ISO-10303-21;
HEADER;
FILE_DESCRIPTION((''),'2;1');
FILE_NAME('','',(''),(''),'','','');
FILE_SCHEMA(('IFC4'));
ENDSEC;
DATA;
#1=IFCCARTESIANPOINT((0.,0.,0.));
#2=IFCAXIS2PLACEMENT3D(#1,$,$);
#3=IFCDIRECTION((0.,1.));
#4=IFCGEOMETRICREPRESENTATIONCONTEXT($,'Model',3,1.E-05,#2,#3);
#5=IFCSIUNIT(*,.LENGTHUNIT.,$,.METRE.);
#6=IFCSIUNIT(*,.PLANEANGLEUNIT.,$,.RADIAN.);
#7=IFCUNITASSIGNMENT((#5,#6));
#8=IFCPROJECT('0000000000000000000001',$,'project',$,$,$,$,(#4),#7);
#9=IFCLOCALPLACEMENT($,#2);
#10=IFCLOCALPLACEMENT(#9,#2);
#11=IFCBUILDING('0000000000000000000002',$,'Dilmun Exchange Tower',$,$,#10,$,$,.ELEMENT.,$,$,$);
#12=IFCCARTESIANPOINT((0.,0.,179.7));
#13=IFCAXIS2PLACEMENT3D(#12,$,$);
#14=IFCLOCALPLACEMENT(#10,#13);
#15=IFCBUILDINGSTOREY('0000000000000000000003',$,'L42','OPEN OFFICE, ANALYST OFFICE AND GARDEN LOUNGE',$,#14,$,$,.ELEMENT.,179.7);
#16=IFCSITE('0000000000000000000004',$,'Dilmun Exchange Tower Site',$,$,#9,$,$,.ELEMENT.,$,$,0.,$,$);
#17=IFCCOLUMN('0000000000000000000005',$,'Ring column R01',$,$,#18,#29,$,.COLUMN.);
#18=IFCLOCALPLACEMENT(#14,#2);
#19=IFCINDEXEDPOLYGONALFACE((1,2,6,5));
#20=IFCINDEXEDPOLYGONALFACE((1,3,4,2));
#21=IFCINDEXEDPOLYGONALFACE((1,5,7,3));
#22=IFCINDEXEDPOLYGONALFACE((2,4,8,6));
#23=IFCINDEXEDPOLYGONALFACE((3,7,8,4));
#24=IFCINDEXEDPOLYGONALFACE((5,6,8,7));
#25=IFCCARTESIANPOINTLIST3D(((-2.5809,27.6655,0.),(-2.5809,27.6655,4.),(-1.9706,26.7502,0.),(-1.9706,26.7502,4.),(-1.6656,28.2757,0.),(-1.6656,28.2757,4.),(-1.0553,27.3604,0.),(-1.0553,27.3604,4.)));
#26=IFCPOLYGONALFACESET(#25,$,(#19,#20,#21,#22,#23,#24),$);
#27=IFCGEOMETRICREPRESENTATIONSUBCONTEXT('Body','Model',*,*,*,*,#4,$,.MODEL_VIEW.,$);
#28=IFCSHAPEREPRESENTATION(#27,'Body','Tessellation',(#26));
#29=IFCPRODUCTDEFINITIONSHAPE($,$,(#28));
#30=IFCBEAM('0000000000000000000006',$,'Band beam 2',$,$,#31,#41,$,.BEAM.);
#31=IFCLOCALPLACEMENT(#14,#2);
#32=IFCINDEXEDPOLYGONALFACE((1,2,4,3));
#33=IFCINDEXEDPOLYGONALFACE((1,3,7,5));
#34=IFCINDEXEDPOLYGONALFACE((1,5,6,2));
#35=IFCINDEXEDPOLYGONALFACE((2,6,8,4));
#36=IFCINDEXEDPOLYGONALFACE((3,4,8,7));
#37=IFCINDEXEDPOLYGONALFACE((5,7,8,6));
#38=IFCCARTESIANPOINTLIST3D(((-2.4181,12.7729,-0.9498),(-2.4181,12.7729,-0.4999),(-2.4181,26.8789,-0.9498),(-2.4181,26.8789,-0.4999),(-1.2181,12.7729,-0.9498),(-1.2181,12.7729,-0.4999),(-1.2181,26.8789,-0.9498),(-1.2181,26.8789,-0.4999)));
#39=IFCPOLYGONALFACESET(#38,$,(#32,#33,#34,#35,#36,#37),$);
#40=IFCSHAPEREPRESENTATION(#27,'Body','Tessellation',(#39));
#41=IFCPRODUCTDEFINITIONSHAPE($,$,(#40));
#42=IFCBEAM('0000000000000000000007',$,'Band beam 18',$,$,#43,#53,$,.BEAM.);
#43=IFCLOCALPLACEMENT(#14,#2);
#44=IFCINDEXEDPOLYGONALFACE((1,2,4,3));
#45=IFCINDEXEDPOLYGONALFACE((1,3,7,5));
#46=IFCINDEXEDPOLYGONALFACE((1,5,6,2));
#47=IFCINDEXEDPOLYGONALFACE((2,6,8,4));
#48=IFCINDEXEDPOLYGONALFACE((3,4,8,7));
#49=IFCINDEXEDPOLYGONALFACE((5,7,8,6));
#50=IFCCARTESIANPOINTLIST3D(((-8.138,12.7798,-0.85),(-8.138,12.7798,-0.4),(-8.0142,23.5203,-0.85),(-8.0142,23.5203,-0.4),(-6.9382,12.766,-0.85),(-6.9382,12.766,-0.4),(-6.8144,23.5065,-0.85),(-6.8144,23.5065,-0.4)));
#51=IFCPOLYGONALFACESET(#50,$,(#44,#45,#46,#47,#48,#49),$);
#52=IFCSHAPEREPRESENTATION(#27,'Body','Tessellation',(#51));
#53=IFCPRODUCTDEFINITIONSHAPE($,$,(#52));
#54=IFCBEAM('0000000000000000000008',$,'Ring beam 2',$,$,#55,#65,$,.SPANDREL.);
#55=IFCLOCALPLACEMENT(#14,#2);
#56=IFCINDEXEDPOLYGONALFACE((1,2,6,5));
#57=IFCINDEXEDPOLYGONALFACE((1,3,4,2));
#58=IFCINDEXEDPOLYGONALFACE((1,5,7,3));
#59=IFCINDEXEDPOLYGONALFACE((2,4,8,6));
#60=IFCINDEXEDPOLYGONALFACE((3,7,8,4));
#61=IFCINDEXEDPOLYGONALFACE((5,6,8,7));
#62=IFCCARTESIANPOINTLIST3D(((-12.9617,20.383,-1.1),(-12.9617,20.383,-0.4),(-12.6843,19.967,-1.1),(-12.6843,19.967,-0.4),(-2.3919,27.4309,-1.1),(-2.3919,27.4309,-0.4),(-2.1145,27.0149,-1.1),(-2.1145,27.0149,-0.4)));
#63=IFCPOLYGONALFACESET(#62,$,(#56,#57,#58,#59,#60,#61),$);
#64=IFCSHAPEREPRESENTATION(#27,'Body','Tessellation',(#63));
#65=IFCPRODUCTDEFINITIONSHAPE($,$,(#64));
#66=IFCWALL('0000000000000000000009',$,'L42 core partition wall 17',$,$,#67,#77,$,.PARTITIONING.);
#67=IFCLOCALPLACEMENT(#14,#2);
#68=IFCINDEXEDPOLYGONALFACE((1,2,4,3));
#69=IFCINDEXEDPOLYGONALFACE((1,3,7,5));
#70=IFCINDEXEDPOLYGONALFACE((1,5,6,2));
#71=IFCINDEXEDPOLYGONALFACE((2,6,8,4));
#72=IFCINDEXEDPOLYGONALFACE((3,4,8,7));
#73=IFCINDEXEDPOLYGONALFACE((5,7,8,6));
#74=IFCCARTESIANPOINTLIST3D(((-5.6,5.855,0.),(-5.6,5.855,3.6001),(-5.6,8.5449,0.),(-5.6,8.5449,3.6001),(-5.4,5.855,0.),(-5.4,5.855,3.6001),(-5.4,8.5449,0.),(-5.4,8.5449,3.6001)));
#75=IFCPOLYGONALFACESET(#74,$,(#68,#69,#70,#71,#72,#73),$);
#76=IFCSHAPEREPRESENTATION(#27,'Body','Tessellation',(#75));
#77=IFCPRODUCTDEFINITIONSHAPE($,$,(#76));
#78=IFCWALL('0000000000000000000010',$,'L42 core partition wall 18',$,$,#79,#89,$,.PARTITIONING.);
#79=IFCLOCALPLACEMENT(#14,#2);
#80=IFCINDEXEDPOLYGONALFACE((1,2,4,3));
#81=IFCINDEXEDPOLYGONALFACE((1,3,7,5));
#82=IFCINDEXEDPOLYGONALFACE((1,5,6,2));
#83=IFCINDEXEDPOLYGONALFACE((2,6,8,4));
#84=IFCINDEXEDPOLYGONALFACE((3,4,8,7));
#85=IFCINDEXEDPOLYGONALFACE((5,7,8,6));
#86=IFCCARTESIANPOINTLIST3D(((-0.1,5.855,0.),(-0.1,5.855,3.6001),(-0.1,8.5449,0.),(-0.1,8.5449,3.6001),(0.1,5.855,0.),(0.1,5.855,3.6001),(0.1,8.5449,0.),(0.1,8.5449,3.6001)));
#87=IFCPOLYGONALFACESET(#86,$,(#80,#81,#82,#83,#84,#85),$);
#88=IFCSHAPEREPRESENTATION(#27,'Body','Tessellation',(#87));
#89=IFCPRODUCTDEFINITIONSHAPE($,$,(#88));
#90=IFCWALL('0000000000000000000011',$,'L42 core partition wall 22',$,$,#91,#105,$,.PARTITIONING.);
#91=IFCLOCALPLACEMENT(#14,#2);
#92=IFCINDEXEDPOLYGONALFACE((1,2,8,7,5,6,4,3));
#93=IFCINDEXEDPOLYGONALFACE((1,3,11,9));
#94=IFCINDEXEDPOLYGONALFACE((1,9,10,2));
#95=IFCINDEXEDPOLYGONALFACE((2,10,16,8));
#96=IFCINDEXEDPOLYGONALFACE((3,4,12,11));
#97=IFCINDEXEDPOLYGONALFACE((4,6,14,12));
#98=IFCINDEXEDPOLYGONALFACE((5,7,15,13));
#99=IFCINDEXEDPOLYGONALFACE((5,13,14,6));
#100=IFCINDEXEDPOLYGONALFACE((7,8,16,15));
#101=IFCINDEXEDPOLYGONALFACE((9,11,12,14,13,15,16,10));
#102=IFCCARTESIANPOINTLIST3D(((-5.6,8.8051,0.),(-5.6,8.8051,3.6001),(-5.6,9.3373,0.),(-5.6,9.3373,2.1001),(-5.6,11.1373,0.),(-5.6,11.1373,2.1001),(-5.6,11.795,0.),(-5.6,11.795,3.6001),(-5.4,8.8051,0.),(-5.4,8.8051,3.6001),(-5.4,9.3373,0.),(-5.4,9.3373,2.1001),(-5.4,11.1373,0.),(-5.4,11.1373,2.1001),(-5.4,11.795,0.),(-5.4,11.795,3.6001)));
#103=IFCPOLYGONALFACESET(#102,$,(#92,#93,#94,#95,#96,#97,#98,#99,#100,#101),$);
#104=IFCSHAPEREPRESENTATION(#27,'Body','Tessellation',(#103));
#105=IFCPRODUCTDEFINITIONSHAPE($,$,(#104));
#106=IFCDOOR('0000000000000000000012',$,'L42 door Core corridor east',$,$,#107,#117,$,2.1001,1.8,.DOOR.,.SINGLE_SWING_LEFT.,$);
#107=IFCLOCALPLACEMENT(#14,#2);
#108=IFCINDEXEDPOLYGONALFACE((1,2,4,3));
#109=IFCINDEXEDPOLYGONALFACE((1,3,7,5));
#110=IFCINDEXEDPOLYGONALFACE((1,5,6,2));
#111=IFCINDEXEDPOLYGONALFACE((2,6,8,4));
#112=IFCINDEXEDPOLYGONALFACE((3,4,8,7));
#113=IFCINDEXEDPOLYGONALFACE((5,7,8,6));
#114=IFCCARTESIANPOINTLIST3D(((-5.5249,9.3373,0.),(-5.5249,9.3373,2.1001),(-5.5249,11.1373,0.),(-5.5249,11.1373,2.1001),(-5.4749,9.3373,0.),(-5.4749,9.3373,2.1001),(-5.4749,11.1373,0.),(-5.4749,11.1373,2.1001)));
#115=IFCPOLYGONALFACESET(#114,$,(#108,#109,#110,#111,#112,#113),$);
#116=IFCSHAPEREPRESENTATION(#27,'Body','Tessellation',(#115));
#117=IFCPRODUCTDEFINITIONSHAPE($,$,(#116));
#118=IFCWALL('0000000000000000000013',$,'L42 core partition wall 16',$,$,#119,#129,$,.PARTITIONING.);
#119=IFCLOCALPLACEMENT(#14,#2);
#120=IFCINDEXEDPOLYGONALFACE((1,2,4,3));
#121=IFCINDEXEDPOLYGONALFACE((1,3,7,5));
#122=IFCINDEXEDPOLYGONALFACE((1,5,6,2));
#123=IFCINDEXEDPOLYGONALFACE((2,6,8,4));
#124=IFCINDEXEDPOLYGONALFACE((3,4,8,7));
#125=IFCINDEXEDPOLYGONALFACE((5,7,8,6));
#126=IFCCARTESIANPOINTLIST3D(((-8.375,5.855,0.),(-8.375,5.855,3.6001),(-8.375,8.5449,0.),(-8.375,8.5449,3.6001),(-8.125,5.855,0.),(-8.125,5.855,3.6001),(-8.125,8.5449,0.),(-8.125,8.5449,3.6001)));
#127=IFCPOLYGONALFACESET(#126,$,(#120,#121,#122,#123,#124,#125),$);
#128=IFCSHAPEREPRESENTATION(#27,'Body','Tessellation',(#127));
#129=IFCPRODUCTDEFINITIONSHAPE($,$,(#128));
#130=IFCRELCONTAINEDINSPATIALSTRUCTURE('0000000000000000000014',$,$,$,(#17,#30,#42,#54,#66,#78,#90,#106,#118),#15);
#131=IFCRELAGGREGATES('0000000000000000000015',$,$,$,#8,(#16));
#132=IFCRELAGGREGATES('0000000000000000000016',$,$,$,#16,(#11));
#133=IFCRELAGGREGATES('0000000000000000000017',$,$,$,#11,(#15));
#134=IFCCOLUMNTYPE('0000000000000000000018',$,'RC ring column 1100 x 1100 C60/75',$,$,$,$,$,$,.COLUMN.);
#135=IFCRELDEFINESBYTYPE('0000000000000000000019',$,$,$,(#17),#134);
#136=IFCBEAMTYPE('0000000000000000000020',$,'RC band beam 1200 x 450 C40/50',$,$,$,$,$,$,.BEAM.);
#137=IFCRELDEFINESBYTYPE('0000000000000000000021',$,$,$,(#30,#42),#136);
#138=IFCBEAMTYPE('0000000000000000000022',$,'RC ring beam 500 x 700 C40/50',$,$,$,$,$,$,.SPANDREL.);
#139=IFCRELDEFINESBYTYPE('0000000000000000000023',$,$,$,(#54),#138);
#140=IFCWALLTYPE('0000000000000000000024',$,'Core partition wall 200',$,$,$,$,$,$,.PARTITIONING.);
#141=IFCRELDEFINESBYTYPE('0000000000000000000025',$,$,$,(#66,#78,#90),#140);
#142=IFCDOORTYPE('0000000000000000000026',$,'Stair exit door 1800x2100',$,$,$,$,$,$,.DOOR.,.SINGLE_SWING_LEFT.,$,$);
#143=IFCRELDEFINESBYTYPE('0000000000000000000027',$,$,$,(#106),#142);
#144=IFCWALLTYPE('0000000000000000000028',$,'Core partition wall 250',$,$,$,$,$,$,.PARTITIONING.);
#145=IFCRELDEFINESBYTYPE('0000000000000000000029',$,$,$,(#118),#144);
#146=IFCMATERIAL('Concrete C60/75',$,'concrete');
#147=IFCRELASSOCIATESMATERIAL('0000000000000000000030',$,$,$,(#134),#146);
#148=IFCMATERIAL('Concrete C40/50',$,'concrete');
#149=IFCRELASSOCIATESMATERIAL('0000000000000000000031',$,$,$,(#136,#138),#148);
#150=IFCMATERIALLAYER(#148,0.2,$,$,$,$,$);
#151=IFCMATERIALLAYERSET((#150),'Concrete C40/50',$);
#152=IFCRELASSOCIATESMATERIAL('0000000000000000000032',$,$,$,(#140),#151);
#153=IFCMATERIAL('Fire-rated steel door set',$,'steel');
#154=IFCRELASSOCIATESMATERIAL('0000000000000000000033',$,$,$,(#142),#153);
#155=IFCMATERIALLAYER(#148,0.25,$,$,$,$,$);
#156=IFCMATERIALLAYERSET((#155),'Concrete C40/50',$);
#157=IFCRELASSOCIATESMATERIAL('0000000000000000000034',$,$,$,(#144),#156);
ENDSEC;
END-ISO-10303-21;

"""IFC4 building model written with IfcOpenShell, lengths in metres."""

from ifc_helpers import new_model, si_unit, direction, frame, frame_2d, origin, origin_2d, place, context, subcontext, project, spatial, rectangle, extrude, material, layer, layer_set, material_profile, profile_set, type_object, element, fill, save


model = new_model("IFC4")

# Units and contexts
model_context = context("Model", 3, precision=1e-05, world=origin(), true_north=direction((0.0, 1.0)))
body_context = subcontext(model_context, "Body", "Model", "MODEL_VIEW")
ifc_project = project(units=[si_unit("LENGTHUNIT", "METRE"), si_unit("PLANEANGLEUNIT", "RADIAN")], contexts=[model_context])

# Site, building, storey
site_placement = place(None, origin())
site = spatial("IfcSite", under=ifc_project, at=site_placement, Name="Dilmun Exchange Tower Site", CompositionType="ELEMENT", RefElevation=0.0)
building_placement = place(site_placement, origin())
building = spatial("IfcBuilding", under=site, at=building_placement, Name="Dilmun Exchange Tower", CompositionType="ELEMENT")
storey_placement = place(building_placement, frame((0.0, 0.0, 179.7)))
storey = spatial("IfcBuildingStorey", under=building, at=storey_placement, Name="L42", Description="OPEN OFFICE, ANALYST OFFICE AND GARDEN LOUNGE", CompositionType="ELEMENT", Elevation=179.7)

# Column
ifc_material_1 = material(Name="Concrete C60/75", Category="concrete")
ifc_material_profile_1 = material_profile(ifc_material_1, rectangle(XDim=1.1001, YDim=1.1001, at=origin_2d()), Name="1100 x 1100")
ifc_profile_set_1 = profile_set([ifc_material_profile_1], Name="Concrete C60/75")
column_type = type_object("IfcColumnType", Name="RC ring column 1100 x 1100 C60/75", PredefinedType="COLUMN", material=ifc_profile_set_1)
column_placement = place(storey_placement, frame((-1.8181, 27.5129, 0.0), z_axis=(0.0, 0.0, 1.0), x_axis=(0.832029, 0.554733, 0.0)))
element("IfcColumn", 1, at=column_placement, inside=storey, type_object=column_type, Name="Ring column R01", PredefinedType="COLUMN", context=body_context, shape_type="SweptSolid", body=[
    extrude(rectangle(XDim=1.1001, YDim=1.1001, at=origin_2d()), origin(), (0.0, 0.0, 1.0), 4.0),
])

# Beams
ifc_material_2 = material(Name="Concrete C40/50", Category="concrete")
ifc_material_profile_2 = material_profile(ifc_material_2, rectangle(XDim=1.2, YDim=0.45, at=origin_2d()), Name="1200 x 450")
ifc_profile_set_2 = profile_set([ifc_material_profile_2], Name="Concrete C40/50")
beam_type_1 = type_object("IfcBeamType", Name="RC band beam 1200 x 450 C40/50", PredefinedType="BEAM", material=ifc_profile_set_2)
beam_1_placement = place(storey_placement, frame((-1.8181, 26.8789, -0.7249), z_axis=(0.0, -1.0, 0.0), x_axis=(1.0, 0.0, 0.0)))
element("IfcBeam", 2, at=beam_1_placement, inside=storey, type_object=beam_type_1, Name="Band beam 2", PredefinedType="BEAM", context=body_context, shape_type="SweptSolid", body=[
    extrude(rectangle(XDim=1.2, YDim=0.45, at=origin_2d()), origin(), (0.0, 0.0, 1.0), 14.106),
])
beam_2_placement = place(storey_placement, frame((-7.4143, 23.5134, -0.625), z_axis=(-0.011524, -0.999934, 0.0), x_axis=(0.999934, -0.011524, 0.0)))
element("IfcBeam", 3, at=beam_2_placement, inside=storey, type_object=beam_type_1, Name="Band beam 18", PredefinedType="BEAM", context=body_context, shape_type="SweptSolid", body=[
    extrude(rectangle(XDim=1.2, YDim=0.45, at=origin_2d()), origin(), (0.0, 0.0, 1.0), 10.7412),
])
ifc_material_profile_3 = material_profile(ifc_material_2, rectangle(XDim=0.5, YDim=0.7, at=origin_2d()), Name="500 x 700")
ifc_profile_set_3 = profile_set([ifc_material_profile_3], Name="Concrete C40/50")
beam_type_2 = type_object("IfcBeamType", Name="RC ring beam 500 x 700 C40/50", PredefinedType="SPANDREL", material=ifc_profile_set_3)
beam_3_placement = place(storey_placement, frame((-2.2532, 27.2229, -0.75), z_axis=(-0.832003, -0.554771, 0.0), x_axis=(0.554771, -0.832003, 0.0)))
element("IfcBeam", 4, at=beam_3_placement, inside=storey, type_object=beam_type_2, Name="Ring beam 2", PredefinedType="SPANDREL", context=body_context, shape_type="SweptSolid", body=[
    extrude(rectangle(XDim=0.5, YDim=0.7, at=origin_2d()), origin(), (0.0, 0.0, 1.0), 12.7041),
])

# Walls
ifc_layer_1 = layer(ifc_material_2, 0.2)
ifc_layer_set_1 = layer_set([ifc_layer_1], Name="Concrete C40/50")
wall_type_1 = type_object("IfcWallType", Name="Core partition wall 200", PredefinedType="PARTITIONING", material=ifc_layer_set_1)
for number, where, z_axis, x_axis, name in (
    (5, (-5.5, 5.855, 0.0), (0.0, 0.0, 1.0), (0.0, 1.0, 0.0), "L42 core partition wall 17"),
    (6, (0.0, 5.855, 0.0), (0.0, 0.0, 1.0), (0.0, 1.0, 0.0), "L42 core partition wall 18"),
):
    element("IfcWall", number, at=place(storey_placement, frame(where, z_axis=z_axis, x_axis=x_axis)), inside=storey, type_object=wall_type_1, Name=name, PredefinedType="PARTITIONING", context=body_context, shape_type="SweptSolid", body=[
        extrude(rectangle(XDim=2.6899, YDim=0.2, at=frame_2d((1.345, 0.0))), origin(), (0.0, 0.0, 1.0), 3.6001),
    ])

# Wall, opening, door
wall_1_placement = place(storey_placement, frame((-5.5, 8.8049, 0.0), z_axis=(0.0, 0.0, 1.0), x_axis=(0.0, 1.0, 0.0)))
wall_1 = element("IfcWall", 7, at=wall_1_placement, inside=storey, type_object=wall_type_1, Name="L42 core partition wall 22", PredefinedType="PARTITIONING", context=body_context, shape_type="SweptSolid", body=[
    extrude(rectangle(XDim=2.99, YDim=0.2, at=frame_2d((1.4951, 0.0))), origin(), (0.0, 0.0, 1.0), 3.6001),
])
opening_1_placement = place(wall_1_placement, frame((0.5325, 0.0, 0.0)))
opening_1 = element("IfcOpeningElement", 8, at=opening_1_placement, cuts=wall_1, PredefinedType="OPENING", context=body_context, shape_type="SweptSolid", body=[
    extrude(rectangle(XDim=1.8, YDim=2.1001, at=frame_2d((0.8999, 1.05))), frame((0.0, 0.1099, 0.0), z_axis=(0.0, -1.0, 0.0), x_axis=(1.0, 0.0, 0.0)), (0.0, 0.0, 1.0), 0.22),
])
ifc_material_3 = material(Name="Fire-rated steel door set", Category="steel")
door_type_1 = type_object("IfcDoorType", Name="Stair exit door 1800x2100", OperationType="SINGLE_SWING_LEFT", PredefinedType="DOOR", material=ifc_material_3)
door_1_placement = place(opening_1_placement, origin())
door_1 = element("IfcDoor", 9, at=door_1_placement, inside=storey, type_object=door_type_1, Name="L42 door Core corridor east", OperationType="SINGLE_SWING_LEFT", OverallHeight=2.1001, OverallWidth=1.8, PredefinedType="DOOR", context=body_context, shape_type="SweptSolid", body=[
    extrude(rectangle(XDim=1.8, YDim=2.1001, at=frame_2d((0.8999, 1.05))), frame((0.0, 0.0249, 0.0), z_axis=(0.0, -1.0, 0.0), x_axis=(1.0, 0.0, 0.0)), (0.0, 0.0, 1.0), 0.05),
])
fill(opening_1, door_1)

# Wall
ifc_layer_2 = layer(ifc_material_2, 0.25)
ifc_layer_set_2 = layer_set([ifc_layer_2], Name="Concrete C40/50")
wall_type_2 = type_object("IfcWallType", Name="Core partition wall 250", PredefinedType="PARTITIONING", material=ifc_layer_set_2)
wall_2_placement = place(storey_placement, frame((-8.25, 5.855, 0.0), z_axis=(0.0, 0.0, 1.0), x_axis=(0.0, 1.0, 0.0)))
element("IfcWall", 10, at=wall_2_placement, inside=storey, type_object=wall_type_2, Name="L42 core partition wall 16", PredefinedType="PARTITIONING", context=body_context, shape_type="SweptSolid", body=[
    extrude(rectangle(XDim=2.6899, YDim=0.25, at=frame_2d((1.345, 0.0))), origin(), (0.0, 0.0, 1.0), 3.6001),
])

save(model, "model.ifc")
